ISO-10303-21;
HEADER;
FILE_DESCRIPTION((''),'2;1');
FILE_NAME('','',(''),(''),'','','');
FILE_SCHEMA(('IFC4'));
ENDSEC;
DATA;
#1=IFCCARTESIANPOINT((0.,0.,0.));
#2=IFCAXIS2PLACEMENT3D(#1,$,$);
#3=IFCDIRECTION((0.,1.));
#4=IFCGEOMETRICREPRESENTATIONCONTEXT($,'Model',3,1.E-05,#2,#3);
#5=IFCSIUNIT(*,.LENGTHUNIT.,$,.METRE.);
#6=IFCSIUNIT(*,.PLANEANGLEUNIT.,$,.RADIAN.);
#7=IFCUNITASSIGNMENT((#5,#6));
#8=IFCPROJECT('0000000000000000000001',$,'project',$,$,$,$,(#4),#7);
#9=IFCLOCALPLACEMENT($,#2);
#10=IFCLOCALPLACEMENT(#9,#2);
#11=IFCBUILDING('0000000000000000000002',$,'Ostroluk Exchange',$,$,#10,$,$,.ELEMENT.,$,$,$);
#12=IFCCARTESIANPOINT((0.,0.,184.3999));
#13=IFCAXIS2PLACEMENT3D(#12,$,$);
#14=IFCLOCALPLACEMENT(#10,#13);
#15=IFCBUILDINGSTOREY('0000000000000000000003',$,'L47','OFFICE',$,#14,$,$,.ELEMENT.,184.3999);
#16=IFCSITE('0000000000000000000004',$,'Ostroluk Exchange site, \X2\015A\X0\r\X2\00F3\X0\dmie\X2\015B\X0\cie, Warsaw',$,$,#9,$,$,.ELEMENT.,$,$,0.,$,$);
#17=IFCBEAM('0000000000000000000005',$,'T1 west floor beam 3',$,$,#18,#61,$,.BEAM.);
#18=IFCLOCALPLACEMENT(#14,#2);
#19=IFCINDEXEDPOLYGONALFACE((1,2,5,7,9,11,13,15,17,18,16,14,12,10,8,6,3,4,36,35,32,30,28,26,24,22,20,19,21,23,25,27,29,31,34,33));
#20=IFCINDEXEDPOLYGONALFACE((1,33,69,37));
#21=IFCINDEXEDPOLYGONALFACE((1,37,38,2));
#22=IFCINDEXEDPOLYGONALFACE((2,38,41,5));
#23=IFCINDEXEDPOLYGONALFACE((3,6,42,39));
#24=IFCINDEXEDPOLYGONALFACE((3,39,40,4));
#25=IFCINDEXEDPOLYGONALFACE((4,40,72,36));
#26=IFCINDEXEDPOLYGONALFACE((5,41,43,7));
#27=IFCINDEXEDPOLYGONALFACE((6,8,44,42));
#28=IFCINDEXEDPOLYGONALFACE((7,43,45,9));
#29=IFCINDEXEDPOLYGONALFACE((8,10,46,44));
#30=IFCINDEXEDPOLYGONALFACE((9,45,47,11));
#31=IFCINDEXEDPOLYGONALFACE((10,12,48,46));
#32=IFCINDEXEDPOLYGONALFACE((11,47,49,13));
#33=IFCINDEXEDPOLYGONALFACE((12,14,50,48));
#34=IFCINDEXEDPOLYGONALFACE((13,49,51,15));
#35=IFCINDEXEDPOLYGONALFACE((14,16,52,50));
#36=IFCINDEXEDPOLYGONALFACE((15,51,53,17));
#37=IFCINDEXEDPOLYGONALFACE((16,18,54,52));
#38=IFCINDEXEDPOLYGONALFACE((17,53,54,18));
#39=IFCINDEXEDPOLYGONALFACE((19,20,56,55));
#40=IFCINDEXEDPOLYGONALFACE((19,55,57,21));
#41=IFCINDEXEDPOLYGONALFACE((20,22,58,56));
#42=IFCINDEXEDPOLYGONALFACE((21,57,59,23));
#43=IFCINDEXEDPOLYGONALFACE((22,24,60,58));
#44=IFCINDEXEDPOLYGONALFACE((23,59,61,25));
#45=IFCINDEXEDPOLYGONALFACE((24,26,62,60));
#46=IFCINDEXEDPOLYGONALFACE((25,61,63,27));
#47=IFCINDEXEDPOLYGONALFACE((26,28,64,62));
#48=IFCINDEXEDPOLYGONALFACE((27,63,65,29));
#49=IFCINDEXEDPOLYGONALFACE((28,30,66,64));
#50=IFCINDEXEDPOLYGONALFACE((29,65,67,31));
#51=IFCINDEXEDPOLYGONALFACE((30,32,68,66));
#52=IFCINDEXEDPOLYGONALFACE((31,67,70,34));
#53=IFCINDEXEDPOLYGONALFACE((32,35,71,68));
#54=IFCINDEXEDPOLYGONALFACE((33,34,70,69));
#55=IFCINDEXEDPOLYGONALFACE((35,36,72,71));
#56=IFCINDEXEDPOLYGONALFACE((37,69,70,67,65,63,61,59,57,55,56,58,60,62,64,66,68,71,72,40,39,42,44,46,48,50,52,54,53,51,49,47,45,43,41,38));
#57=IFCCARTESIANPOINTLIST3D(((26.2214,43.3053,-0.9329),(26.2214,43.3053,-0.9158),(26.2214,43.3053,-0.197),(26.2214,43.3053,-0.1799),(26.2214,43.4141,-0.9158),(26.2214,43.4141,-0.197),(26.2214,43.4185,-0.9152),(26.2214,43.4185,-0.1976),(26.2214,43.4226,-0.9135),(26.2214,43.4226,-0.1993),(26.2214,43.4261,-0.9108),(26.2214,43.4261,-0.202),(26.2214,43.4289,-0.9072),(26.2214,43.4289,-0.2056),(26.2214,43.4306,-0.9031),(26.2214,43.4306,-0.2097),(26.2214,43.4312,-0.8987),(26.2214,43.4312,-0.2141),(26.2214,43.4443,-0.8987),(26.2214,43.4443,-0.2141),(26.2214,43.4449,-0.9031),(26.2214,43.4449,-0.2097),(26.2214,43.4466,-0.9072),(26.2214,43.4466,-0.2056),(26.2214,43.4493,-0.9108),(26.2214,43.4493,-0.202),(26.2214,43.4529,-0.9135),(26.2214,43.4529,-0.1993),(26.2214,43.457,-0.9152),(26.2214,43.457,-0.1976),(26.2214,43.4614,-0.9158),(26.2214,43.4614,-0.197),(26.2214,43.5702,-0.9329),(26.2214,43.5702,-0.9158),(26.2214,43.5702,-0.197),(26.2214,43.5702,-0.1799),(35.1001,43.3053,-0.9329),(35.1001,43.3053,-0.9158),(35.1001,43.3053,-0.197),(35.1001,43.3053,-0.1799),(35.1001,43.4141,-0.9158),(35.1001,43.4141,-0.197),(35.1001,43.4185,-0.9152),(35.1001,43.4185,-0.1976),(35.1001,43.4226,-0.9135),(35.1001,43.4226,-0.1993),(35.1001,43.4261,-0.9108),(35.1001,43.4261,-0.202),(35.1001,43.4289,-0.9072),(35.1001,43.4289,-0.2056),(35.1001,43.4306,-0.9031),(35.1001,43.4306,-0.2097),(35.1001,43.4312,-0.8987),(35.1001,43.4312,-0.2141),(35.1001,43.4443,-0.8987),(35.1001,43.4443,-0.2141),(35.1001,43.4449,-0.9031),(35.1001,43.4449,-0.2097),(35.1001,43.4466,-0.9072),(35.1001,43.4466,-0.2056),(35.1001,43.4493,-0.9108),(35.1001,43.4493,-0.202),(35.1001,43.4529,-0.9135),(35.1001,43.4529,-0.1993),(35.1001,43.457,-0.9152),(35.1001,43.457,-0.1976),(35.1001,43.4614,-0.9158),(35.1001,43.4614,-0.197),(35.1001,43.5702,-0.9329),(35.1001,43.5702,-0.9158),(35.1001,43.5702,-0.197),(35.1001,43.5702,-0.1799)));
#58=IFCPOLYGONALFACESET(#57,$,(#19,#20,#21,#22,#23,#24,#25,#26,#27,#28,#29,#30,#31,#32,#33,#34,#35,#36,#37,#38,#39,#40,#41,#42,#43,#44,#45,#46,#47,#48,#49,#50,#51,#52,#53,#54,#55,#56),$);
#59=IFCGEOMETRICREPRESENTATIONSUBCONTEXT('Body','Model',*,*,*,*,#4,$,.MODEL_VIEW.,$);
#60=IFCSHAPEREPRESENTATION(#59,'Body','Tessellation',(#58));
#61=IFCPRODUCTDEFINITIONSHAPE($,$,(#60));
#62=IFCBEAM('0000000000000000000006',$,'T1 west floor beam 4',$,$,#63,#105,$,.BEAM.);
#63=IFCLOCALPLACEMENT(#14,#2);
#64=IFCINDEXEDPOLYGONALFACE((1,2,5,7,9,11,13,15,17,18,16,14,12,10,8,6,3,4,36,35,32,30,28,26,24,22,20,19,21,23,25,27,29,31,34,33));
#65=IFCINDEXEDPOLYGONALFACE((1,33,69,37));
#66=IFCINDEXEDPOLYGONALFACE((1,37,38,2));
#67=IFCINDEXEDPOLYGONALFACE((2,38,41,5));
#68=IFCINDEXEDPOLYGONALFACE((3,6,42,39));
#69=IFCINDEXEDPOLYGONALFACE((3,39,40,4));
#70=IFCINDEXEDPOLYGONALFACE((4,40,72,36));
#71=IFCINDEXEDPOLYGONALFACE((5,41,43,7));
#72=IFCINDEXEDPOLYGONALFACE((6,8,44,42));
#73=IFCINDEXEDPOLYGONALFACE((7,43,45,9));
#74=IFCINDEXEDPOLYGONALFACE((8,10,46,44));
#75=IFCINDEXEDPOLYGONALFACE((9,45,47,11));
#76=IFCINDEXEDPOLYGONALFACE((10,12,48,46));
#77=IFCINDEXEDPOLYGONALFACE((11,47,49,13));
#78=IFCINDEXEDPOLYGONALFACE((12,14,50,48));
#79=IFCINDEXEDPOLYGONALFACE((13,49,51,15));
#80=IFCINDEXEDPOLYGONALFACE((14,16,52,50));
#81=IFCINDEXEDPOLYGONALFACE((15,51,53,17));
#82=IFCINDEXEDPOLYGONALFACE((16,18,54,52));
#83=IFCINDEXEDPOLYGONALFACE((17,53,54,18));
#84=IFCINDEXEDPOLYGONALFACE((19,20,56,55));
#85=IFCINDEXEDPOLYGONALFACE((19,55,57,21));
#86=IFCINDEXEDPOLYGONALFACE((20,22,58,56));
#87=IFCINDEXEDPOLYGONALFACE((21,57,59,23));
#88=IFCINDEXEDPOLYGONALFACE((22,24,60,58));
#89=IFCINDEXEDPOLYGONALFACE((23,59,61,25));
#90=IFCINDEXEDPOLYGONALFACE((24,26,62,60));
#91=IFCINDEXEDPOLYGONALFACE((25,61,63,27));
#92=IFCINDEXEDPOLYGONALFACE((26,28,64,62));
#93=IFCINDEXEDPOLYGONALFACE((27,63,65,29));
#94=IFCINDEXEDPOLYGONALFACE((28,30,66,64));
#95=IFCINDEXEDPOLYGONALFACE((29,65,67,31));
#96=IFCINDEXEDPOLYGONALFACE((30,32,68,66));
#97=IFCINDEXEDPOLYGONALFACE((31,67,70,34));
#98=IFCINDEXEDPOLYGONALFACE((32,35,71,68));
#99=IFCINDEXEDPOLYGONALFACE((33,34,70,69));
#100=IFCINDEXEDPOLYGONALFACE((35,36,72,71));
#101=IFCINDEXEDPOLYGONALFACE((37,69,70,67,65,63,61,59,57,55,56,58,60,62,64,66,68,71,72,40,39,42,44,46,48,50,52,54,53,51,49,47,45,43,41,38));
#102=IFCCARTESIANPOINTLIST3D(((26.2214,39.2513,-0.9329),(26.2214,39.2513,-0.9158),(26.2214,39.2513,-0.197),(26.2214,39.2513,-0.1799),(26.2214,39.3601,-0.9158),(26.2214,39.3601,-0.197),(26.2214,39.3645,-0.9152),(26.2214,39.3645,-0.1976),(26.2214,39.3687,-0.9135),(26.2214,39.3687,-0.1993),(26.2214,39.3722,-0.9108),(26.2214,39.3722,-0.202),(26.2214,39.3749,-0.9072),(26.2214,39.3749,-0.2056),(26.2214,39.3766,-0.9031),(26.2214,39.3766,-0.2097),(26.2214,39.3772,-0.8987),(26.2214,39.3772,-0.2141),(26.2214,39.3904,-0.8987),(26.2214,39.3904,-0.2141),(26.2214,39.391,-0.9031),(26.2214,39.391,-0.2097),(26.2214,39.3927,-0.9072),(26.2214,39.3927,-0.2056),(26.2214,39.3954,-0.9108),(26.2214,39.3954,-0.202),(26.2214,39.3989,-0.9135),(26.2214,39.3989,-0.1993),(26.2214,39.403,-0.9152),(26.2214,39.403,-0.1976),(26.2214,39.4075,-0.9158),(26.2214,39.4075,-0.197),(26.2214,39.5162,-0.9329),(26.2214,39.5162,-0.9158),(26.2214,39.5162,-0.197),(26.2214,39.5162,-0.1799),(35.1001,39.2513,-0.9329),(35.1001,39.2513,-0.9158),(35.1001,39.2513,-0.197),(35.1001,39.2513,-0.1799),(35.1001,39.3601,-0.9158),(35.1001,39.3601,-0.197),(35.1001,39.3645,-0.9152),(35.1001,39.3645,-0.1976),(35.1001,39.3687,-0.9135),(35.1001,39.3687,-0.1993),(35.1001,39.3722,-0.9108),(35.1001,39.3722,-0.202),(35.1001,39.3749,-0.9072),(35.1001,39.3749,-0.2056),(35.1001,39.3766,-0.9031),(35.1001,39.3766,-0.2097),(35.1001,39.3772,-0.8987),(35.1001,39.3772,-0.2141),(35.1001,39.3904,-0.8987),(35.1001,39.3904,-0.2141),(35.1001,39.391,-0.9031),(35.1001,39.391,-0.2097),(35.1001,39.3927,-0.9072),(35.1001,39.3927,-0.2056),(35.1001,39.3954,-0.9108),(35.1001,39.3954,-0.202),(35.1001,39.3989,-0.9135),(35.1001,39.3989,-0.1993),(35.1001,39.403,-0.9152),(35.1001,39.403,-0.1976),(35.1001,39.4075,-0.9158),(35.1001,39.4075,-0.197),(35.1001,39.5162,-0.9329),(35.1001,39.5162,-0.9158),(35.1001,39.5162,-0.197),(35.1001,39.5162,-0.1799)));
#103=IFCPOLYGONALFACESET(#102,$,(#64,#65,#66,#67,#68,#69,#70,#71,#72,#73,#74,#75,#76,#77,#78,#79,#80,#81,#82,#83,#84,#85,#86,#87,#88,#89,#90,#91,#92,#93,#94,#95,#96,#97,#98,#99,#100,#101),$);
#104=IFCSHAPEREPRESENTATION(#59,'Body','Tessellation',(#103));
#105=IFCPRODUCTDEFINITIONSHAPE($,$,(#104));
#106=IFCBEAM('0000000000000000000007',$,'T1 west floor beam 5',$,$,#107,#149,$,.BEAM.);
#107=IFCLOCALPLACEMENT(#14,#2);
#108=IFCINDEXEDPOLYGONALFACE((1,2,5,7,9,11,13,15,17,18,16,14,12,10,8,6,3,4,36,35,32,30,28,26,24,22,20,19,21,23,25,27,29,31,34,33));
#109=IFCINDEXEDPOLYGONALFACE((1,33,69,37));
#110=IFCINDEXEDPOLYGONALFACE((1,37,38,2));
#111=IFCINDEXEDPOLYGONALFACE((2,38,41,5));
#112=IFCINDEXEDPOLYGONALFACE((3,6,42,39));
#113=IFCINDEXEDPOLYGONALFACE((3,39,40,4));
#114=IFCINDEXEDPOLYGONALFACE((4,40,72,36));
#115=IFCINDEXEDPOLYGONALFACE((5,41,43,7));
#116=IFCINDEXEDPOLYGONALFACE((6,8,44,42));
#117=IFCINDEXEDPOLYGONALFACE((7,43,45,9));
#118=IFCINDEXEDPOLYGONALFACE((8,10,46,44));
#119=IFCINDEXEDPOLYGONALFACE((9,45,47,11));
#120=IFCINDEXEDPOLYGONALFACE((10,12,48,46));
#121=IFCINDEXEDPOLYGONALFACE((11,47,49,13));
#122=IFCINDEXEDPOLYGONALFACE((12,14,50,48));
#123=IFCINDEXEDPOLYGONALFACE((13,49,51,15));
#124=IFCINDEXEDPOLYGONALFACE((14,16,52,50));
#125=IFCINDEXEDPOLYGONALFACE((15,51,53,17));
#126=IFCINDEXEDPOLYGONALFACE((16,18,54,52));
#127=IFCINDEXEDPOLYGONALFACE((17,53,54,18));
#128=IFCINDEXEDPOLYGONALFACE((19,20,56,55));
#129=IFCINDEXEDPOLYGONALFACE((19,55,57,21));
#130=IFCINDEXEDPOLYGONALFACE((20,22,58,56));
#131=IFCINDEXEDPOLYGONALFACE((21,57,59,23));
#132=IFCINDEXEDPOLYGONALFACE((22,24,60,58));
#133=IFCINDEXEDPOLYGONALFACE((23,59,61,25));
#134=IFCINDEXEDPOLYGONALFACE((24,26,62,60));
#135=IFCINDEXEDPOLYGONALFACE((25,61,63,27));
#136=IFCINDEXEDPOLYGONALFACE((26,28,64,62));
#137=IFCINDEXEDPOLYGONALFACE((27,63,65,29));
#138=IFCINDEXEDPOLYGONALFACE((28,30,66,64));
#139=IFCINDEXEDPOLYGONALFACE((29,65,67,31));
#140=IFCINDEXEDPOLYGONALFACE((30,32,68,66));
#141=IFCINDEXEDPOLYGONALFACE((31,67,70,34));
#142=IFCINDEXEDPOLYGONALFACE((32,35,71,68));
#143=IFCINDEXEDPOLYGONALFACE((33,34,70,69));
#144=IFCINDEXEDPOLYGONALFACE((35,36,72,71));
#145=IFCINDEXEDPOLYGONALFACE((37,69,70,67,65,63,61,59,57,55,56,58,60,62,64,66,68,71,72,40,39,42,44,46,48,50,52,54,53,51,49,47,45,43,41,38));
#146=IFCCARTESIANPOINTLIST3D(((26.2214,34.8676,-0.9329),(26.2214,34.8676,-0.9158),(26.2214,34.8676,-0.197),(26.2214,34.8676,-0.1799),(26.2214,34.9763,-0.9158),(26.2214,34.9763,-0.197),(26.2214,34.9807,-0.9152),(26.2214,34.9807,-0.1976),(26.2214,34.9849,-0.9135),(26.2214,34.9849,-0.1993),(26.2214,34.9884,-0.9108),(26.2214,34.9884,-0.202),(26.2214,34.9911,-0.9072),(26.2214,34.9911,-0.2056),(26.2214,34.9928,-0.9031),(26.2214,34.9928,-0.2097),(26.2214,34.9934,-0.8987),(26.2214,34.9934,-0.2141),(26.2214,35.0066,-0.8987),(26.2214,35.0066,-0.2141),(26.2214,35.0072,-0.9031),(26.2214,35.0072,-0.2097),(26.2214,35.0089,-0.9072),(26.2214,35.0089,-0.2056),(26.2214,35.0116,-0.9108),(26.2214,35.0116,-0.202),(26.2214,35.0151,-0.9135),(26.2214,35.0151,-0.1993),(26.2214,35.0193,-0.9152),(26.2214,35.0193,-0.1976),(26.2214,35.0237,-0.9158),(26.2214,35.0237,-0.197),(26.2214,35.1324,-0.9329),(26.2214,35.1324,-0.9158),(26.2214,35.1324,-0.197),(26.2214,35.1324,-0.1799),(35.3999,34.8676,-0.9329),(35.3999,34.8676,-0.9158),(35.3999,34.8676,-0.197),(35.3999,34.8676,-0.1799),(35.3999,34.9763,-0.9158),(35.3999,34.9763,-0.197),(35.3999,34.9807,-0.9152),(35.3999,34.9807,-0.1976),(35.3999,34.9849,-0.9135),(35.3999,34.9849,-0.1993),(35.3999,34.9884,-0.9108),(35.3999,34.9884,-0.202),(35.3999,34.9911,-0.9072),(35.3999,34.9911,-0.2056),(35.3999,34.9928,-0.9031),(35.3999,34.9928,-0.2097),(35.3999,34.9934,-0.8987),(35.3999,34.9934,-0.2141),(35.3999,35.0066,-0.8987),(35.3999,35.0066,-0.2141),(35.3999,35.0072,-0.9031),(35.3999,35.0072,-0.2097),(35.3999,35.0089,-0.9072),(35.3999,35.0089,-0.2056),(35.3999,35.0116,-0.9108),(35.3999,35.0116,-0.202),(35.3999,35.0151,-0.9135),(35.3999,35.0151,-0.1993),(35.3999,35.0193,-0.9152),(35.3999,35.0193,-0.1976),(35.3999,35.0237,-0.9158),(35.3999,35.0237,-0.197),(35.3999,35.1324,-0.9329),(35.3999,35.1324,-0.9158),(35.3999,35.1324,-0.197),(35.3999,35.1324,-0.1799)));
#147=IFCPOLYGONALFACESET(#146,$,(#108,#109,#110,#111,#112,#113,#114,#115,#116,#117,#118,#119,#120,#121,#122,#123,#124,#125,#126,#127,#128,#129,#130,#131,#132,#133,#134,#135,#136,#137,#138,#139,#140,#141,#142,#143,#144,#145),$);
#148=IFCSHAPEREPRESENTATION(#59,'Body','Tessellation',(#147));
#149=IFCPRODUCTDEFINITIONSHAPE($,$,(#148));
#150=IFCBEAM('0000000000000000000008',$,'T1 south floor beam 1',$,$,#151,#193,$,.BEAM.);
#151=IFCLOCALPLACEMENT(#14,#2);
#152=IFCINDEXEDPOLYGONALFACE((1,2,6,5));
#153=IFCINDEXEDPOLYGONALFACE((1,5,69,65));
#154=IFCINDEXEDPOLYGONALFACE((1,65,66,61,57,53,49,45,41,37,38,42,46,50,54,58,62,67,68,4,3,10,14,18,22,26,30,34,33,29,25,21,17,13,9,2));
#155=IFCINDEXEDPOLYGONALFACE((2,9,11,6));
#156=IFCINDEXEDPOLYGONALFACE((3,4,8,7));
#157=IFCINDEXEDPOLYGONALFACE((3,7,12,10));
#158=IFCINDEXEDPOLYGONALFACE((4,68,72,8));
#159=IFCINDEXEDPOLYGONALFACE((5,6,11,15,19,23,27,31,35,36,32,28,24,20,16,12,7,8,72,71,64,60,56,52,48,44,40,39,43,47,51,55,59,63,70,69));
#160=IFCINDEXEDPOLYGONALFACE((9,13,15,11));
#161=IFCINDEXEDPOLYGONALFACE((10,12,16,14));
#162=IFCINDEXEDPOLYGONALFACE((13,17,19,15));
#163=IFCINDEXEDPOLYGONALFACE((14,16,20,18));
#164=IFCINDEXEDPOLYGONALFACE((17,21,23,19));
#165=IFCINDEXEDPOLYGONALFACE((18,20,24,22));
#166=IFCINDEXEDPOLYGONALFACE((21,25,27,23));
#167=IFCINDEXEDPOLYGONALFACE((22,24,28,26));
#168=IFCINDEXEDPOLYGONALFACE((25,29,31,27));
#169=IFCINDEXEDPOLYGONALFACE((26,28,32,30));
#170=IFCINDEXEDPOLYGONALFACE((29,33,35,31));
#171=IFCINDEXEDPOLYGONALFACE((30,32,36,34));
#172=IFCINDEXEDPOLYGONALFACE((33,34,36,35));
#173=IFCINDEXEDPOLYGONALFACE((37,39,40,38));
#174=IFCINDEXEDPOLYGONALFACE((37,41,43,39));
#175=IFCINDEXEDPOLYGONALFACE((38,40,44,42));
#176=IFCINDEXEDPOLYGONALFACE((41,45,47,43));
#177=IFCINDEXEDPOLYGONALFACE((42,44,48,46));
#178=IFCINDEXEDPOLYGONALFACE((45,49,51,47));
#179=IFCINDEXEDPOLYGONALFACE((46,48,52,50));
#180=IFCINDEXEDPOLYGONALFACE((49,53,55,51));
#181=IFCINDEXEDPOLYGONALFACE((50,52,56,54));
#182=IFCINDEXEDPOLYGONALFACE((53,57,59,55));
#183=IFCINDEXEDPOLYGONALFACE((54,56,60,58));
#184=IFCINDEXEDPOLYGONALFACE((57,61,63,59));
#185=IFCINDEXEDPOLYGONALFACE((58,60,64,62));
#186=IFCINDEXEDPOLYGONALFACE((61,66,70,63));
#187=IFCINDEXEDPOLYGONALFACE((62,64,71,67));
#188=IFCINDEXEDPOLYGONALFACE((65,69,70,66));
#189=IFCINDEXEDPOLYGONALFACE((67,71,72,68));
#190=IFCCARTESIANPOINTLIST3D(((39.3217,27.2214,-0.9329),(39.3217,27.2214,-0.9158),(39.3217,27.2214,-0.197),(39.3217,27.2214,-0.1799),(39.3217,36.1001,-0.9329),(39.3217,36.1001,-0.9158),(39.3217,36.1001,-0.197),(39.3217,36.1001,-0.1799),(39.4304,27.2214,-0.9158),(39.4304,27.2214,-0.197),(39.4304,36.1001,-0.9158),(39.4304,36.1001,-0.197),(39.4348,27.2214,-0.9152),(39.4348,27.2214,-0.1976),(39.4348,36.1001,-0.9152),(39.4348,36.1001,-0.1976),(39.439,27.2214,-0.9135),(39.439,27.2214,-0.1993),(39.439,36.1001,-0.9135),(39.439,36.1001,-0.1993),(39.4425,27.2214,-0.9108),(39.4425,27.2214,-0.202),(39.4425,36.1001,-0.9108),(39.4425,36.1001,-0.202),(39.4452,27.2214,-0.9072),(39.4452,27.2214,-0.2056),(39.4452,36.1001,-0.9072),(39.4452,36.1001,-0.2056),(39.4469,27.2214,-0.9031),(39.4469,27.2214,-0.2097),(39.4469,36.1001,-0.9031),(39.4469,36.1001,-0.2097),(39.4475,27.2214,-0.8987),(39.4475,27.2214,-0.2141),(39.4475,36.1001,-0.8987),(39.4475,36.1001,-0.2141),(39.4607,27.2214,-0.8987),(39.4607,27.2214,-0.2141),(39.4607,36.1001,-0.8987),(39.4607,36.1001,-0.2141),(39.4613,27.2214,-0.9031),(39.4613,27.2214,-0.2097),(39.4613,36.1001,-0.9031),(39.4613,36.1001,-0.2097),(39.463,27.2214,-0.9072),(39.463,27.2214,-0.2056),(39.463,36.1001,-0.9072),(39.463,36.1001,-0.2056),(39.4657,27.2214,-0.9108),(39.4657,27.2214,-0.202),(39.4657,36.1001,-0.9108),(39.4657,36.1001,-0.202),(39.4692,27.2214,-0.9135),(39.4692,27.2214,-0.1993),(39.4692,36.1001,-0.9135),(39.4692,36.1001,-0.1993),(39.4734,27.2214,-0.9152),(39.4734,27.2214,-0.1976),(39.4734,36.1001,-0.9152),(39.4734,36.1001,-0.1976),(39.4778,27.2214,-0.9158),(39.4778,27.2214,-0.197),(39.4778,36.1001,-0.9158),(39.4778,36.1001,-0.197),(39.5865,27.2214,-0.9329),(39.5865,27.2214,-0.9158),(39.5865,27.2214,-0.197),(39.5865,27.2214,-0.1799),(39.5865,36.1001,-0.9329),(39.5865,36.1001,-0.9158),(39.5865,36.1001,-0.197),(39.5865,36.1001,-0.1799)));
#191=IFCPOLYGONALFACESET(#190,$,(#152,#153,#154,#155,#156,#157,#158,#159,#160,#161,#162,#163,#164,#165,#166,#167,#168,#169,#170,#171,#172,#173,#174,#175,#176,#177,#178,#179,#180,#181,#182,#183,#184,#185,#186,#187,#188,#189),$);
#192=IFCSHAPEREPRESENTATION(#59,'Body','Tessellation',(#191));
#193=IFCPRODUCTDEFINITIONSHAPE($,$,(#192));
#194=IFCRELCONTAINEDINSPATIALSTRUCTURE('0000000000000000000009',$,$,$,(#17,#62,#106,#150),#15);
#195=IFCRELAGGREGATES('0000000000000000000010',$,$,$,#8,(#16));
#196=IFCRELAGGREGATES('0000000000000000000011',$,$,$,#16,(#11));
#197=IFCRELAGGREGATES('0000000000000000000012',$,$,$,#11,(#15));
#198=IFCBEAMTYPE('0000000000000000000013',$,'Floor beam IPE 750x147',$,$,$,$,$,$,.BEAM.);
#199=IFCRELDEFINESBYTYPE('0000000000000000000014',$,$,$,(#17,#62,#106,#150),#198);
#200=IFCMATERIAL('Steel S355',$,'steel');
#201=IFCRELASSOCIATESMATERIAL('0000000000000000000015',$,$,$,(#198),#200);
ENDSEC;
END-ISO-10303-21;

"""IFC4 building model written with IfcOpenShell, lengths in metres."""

from ifc_helpers import new_model, si_unit, direction, frame, origin, origin_2d, place, context, subcontext, project, spatial, i_section, extrude, material, material_profile, profile_set, type_object, element, save


model = new_model("IFC4")

# Units and contexts
model_context = context("Model", 3, precision=1e-05, world=origin(), true_north=direction((0.0, 1.0)))
body_context = subcontext(model_context, "Body", "Model", "MODEL_VIEW")
ifc_project = project(units=[si_unit("LENGTHUNIT", "METRE"), si_unit("PLANEANGLEUNIT", "RADIAN")], contexts=[model_context])

# Site, building, storey
site_placement = place(None, origin())
site = spatial("IfcSite", under=ifc_project, at=site_placement, Name="Ostroluk Exchange site, Śródmieście, Warsaw", CompositionType="ELEMENT", RefElevation=0.0)
building_placement = place(site_placement, origin())
building = spatial("IfcBuilding", under=site, at=building_placement, Name="Ostroluk Exchange", CompositionType="ELEMENT")
storey_placement = place(building_placement, frame((0.0, 0.0, 184.3999)))
storey = spatial("IfcBuildingStorey", under=building, at=storey_placement, Name="L47", Description="OFFICE", CompositionType="ELEMENT", Elevation=184.3999)

# Beams
ifc_material_1 = material(Name="Steel S355", Category="steel")
ifc_material_profile_1 = material_profile(ifc_material_1, i_section(OverallWidth=0.2649, OverallDepth=0.7529, WebThickness=0.0132, FlangeThickness=0.0171, FilletRadius=0.0171, at=origin_2d()), Name="IPE 750x147")
ifc_profile_set_1 = profile_set([ifc_material_profile_1], Name="Steel S355")
beam_type_1 = type_object("IfcBeamType", Name="Floor beam IPE 750x147", PredefinedType="BEAM", material=ifc_profile_set_1)
for number, where, z_axis, x_axis, name in (
    (1, (35.1001, 43.4377, -0.5564), (-1.0, 0.0, 0.0), (0.0, -1.0, 0.0), "T1 west floor beam 3"),
    (2, (35.1001, 39.3838, -0.5564), (-1.0, 0.0, 0.0), (0.0, -1.0, 0.0), "T1 west floor beam 4"),
):
    element("IfcBeam", number, at=place(storey_placement, frame(where, z_axis=z_axis, x_axis=x_axis)), inside=storey, type_object=beam_type_1, Name=name, PredefinedType="BEAM", context=body_context, shape_type="SweptSolid", body=[
        extrude(i_section(OverallWidth=0.2649, OverallDepth=0.7529, WebThickness=0.0132, FlangeThickness=0.0171, FilletRadius=0.0171, at=origin_2d()), origin(), (0.0, 0.0, 1.0), 8.8787),
    ])
beam_1_placement = place(storey_placement, frame((35.3999, 35.0, -0.5564), z_axis=(-1.0, 0.0, 0.0), x_axis=(0.0, -1.0, 0.0)))
element("IfcBeam", 3, at=beam_1_placement, inside=storey, type_object=beam_type_1, Name="T1 west floor beam 5", PredefinedType="BEAM", context=body_context, shape_type="SweptSolid", body=[
    extrude(i_section(OverallWidth=0.2649, OverallDepth=0.7529, WebThickness=0.0132, FlangeThickness=0.0171, FilletRadius=0.0171, at=origin_2d()), origin(), (0.0, 0.0, 1.0), 9.1785),
])
beam_2_placement = place(storey_placement, frame((39.4541, 36.1001, -0.5564), z_axis=(0.0, -1.0, 0.0), x_axis=(1.0, 0.0, 0.0)))
element("IfcBeam", 4, at=beam_2_placement, inside=storey, type_object=beam_type_1, Name="T1 south floor beam 1", PredefinedType="BEAM", context=body_context, shape_type="SweptSolid", body=[
    extrude(i_section(OverallWidth=0.2649, OverallDepth=0.7529, WebThickness=0.0132, FlangeThickness=0.0171, FilletRadius=0.0171, at=origin_2d()), origin(), (0.0, 0.0, 1.0), 8.8787),
])

save(model, "model.ifc")
